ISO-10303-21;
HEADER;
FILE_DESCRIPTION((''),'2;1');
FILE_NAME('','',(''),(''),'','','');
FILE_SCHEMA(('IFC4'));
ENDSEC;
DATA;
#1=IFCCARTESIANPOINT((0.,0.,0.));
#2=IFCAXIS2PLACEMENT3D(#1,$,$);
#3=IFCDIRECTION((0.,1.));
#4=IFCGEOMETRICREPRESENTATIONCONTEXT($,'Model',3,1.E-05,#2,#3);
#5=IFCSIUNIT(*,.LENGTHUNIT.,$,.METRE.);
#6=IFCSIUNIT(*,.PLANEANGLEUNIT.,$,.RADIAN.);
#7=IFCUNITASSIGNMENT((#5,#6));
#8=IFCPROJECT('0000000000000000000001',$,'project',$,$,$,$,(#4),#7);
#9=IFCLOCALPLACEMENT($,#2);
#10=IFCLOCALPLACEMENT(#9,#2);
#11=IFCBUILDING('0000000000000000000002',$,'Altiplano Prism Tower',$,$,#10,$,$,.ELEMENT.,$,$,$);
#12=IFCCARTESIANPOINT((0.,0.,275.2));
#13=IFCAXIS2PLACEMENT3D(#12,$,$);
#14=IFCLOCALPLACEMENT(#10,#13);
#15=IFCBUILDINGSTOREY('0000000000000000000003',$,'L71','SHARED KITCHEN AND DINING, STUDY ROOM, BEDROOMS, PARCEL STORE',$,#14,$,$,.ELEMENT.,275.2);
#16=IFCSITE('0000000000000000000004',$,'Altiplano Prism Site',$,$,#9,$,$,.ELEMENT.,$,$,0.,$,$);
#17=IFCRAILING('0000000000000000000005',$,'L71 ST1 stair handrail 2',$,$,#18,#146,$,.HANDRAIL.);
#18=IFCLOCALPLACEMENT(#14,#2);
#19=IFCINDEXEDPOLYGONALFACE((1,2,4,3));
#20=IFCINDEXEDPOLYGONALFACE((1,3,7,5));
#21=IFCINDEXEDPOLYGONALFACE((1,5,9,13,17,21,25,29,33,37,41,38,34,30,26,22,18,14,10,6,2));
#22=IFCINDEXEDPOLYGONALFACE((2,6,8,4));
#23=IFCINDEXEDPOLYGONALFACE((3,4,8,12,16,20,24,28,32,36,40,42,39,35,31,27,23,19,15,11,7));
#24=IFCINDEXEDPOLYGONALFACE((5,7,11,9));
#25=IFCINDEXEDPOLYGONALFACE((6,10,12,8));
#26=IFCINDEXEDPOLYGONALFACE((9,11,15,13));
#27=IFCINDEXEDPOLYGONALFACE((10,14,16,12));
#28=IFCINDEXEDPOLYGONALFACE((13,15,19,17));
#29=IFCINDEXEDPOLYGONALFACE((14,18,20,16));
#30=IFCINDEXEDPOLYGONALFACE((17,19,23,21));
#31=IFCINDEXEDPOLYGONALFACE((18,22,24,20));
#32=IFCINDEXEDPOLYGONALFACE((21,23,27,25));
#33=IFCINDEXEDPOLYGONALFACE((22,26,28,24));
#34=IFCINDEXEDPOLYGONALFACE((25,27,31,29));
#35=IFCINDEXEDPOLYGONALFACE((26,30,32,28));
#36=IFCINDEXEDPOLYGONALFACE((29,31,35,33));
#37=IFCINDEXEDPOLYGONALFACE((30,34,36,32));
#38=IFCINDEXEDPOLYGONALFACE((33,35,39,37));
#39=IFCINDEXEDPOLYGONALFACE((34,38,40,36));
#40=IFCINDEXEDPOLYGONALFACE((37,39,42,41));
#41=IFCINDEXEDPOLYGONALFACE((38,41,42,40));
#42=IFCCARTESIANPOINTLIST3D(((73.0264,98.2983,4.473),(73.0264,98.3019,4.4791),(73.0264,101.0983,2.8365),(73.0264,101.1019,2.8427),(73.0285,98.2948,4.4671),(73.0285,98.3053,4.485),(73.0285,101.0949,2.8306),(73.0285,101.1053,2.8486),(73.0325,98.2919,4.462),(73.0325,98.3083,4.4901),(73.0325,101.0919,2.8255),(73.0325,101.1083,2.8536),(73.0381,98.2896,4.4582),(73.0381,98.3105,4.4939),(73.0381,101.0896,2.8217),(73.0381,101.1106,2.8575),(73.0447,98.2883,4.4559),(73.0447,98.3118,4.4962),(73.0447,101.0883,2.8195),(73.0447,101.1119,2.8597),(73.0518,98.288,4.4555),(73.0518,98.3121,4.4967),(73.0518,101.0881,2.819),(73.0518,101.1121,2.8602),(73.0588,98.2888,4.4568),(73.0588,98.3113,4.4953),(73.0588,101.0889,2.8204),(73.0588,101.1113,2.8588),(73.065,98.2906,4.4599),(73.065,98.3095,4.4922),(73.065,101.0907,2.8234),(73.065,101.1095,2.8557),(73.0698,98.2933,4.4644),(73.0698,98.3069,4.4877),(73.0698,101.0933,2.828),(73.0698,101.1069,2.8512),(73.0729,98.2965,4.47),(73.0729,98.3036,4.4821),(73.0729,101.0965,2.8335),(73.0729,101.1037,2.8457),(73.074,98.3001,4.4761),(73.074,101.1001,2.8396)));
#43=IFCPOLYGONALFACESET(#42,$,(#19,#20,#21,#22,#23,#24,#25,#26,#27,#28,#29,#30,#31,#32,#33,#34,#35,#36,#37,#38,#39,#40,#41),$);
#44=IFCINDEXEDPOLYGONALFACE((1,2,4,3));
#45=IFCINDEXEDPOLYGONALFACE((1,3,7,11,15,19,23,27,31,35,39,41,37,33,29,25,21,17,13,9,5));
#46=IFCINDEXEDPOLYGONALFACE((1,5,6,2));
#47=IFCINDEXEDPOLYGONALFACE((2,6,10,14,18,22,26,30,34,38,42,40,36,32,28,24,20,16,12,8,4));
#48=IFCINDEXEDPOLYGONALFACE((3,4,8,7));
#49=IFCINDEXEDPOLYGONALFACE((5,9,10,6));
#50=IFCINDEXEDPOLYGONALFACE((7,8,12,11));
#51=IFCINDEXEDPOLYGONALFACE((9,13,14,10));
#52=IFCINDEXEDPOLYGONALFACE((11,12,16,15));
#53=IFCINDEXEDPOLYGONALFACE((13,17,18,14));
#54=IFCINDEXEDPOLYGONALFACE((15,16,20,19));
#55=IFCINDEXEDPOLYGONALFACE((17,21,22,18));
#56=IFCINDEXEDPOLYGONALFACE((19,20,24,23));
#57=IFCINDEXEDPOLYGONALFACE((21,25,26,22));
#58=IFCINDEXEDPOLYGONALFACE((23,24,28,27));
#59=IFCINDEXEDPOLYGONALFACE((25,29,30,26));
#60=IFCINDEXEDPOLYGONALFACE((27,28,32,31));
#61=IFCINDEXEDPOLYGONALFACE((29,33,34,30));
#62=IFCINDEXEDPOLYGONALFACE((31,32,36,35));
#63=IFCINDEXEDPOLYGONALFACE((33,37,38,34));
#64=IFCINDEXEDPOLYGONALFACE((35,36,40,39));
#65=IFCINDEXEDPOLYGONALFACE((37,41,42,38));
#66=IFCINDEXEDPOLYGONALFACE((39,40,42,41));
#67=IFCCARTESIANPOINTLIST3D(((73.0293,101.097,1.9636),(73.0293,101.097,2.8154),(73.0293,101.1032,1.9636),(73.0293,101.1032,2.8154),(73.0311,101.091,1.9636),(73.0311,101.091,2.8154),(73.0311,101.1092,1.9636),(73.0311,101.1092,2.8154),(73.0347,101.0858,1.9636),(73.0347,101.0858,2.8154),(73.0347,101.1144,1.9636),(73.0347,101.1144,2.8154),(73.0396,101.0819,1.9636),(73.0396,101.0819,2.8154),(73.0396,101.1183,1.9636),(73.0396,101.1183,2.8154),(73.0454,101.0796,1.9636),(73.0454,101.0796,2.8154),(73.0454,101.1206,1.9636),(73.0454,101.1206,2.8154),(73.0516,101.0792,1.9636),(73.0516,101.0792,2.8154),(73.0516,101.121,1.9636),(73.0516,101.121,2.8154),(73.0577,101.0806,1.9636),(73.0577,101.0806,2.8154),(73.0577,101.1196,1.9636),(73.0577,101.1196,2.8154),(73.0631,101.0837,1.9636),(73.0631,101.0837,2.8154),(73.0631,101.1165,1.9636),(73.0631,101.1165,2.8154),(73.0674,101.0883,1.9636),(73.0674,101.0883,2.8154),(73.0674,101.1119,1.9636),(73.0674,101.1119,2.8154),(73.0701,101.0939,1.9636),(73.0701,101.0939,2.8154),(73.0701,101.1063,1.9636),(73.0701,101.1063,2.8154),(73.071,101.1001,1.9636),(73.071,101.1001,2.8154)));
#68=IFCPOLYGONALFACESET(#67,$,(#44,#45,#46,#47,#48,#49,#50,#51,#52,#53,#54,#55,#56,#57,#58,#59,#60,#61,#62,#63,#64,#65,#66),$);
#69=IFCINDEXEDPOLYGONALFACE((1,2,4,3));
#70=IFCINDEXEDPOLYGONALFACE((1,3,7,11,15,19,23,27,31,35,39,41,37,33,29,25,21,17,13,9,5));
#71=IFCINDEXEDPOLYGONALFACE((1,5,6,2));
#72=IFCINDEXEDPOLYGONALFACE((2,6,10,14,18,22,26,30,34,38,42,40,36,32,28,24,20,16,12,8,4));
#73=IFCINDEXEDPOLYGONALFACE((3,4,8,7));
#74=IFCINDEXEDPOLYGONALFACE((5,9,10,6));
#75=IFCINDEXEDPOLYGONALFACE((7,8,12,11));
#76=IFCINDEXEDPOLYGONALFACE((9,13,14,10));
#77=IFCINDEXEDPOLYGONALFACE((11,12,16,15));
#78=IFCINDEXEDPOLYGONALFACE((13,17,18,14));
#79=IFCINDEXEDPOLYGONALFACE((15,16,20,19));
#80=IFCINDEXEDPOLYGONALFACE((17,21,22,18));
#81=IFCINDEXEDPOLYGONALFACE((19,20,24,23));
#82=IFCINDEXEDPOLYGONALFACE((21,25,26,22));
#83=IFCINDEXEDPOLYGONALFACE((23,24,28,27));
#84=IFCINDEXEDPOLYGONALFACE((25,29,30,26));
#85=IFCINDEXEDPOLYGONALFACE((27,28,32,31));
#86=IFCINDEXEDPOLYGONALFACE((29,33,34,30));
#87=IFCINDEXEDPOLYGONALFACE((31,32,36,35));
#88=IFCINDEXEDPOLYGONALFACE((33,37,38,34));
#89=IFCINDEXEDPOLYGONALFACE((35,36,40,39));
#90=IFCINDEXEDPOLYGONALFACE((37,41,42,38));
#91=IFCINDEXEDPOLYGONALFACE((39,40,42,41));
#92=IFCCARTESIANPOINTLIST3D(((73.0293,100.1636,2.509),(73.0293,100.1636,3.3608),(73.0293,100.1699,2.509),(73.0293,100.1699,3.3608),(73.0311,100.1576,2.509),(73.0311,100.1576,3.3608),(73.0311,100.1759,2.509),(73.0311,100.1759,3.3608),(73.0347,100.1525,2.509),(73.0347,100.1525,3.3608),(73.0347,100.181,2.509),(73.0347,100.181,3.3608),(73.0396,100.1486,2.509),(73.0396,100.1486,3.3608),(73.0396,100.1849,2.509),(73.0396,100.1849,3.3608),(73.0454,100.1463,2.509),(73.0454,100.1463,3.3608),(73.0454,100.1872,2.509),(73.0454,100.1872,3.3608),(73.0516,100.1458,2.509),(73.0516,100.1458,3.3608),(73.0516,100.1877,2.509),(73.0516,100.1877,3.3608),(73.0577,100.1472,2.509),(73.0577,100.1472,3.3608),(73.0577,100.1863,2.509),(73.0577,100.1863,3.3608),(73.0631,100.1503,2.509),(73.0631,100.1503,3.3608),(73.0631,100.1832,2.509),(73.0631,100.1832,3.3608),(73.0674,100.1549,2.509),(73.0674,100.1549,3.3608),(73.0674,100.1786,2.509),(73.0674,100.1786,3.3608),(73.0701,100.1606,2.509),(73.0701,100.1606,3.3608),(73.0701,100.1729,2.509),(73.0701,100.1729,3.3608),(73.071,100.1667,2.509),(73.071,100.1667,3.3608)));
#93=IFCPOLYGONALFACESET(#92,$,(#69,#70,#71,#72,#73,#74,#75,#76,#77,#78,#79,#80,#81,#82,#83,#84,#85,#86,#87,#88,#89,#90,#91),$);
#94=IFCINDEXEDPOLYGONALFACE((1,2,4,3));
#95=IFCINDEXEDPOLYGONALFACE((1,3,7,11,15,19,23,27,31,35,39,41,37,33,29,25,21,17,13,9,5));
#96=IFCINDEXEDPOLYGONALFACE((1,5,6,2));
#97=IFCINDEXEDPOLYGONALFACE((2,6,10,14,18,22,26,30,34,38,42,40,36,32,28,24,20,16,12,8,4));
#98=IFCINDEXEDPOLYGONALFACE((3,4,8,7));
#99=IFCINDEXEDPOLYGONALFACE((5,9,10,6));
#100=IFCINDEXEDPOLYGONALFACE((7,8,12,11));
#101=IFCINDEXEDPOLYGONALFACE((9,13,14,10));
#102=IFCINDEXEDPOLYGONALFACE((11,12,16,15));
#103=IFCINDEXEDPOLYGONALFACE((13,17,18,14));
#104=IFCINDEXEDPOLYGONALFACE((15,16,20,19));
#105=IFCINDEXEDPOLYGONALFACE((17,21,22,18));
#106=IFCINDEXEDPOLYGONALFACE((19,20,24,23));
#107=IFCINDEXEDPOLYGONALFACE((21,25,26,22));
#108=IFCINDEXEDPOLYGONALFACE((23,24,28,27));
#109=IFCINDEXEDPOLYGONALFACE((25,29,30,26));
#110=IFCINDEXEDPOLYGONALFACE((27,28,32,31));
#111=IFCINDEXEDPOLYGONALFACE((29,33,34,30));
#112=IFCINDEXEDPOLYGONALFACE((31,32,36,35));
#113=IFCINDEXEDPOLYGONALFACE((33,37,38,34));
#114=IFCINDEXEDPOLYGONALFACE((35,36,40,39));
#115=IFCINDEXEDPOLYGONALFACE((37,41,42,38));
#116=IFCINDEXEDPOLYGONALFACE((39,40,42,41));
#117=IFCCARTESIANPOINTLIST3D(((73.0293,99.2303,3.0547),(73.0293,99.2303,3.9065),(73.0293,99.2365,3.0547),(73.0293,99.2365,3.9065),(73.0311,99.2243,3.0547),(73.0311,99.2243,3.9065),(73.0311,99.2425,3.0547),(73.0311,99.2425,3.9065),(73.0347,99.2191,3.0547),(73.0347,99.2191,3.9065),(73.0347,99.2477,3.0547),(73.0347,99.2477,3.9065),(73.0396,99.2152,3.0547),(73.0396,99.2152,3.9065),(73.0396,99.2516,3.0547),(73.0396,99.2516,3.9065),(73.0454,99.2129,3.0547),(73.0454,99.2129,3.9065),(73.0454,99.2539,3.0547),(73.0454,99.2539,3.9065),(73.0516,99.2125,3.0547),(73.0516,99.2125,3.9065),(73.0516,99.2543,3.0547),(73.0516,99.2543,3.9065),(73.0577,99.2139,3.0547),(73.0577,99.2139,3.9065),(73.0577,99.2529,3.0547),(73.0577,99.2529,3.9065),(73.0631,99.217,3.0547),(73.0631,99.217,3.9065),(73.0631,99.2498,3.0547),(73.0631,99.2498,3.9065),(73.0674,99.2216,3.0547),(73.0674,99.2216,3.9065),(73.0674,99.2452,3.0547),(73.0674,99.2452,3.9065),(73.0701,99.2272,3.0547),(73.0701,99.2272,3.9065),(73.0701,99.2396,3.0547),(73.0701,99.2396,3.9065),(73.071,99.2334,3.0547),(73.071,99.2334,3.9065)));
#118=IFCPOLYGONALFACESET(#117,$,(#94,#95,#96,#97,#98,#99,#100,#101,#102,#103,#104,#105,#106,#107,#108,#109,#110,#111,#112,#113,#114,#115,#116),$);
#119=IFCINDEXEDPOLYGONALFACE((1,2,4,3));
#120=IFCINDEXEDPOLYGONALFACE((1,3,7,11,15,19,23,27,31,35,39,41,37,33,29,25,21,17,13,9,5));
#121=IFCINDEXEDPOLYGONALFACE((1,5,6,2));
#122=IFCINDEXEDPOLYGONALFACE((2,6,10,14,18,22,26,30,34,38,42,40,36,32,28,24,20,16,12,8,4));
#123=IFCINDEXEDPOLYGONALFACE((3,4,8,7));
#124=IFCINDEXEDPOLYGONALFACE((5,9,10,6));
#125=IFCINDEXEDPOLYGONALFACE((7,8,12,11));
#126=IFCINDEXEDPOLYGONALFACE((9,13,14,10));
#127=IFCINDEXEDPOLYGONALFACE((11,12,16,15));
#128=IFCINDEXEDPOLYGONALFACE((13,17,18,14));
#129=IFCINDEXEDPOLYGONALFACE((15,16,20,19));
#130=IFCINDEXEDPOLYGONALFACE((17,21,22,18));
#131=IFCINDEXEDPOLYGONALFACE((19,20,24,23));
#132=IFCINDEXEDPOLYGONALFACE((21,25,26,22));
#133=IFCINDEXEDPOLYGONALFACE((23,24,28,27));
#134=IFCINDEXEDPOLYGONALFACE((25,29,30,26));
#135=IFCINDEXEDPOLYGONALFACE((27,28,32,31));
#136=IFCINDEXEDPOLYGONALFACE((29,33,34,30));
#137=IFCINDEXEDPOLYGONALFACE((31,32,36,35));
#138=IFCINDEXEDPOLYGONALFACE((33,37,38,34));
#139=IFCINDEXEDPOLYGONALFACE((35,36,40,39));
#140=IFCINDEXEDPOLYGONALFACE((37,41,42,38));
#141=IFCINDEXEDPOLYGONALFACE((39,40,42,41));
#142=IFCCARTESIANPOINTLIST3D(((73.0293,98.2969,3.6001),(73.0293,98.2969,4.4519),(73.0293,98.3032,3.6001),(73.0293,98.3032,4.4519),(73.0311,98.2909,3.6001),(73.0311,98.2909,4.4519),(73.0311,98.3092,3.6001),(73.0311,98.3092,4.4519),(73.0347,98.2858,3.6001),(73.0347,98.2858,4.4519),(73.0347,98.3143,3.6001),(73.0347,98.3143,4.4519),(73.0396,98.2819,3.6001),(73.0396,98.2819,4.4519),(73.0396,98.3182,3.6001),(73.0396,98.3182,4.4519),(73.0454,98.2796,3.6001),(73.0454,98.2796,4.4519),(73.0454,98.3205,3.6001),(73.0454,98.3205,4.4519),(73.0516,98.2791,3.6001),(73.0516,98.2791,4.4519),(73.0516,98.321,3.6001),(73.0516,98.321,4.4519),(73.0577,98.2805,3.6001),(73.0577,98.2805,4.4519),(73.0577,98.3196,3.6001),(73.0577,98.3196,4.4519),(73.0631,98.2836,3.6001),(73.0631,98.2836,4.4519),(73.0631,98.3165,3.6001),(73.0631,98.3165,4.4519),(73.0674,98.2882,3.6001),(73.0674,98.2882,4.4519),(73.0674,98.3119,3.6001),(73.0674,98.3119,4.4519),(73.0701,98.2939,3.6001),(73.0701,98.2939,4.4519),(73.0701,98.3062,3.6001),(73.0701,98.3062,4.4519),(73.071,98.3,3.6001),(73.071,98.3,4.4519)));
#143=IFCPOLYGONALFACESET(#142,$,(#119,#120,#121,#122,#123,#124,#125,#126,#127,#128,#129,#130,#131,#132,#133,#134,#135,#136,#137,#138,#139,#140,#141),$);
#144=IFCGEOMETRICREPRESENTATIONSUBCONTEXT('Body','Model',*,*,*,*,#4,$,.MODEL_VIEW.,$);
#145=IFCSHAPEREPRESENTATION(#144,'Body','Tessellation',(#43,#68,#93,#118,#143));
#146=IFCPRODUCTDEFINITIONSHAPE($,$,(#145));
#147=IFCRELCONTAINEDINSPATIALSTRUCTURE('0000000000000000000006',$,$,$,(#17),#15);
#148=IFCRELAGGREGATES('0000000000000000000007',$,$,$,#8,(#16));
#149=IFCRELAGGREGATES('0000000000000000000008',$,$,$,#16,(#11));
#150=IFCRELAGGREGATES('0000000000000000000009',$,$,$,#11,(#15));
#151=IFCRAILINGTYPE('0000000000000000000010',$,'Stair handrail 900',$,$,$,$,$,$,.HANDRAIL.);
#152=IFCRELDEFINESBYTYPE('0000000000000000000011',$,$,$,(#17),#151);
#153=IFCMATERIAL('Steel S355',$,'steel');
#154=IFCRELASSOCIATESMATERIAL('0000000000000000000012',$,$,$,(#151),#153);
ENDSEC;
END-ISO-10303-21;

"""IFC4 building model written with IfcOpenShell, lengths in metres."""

from ifc_helpers import new_model, si_unit, direction, frame, origin, origin_2d, place, context, subcontext, project, spatial, circle, extrude, material, type_object, element, save


model = new_model("IFC4")

# Units and contexts
model_context = context("Model", 3, precision=1e-05, world=origin(), true_north=direction((0.0, 1.0)))
body_context = subcontext(model_context, "Body", "Model", "MODEL_VIEW")
ifc_project = project(units=[si_unit("LENGTHUNIT", "METRE"), si_unit("PLANEANGLEUNIT", "RADIAN")], contexts=[model_context])

# Site, building, storey
site_placement = place(None, origin())
site = spatial("IfcSite", under=ifc_project, at=site_placement, Name="Altiplano Prism Site", CompositionType="ELEMENT", RefElevation=0.0)
building_placement = place(site_placement, origin())
building = spatial("IfcBuilding", under=site, at=building_placement, Name="Altiplano Prism Tower", CompositionType="ELEMENT")
storey_placement = place(building_placement, frame((0.0, 0.0, 275.2)))
storey = spatial("IfcBuildingStorey", under=building, at=storey_placement, Name="L71", Description="SHARED KITCHEN AND DINING, STUDY ROOM, BEDROOMS, PARCEL STORE", CompositionType="ELEMENT", Elevation=275.2)

# Railing
ifc_material_1 = material(Name="Steel S355", Category="steel")
railing_type_1 = type_object("IfcRailingType", Name="Stair handrail 900", PredefinedType="HANDRAIL", material=ifc_material_1)
railing_1_placement = place(storey_placement, frame((73.05, 101.1001, 1.9636)))
element("IfcRailing", 1, at=railing_1_placement, inside=storey, type_object=railing_type_1, Name="L71 ST1 stair handrail 2", PredefinedType="HANDRAIL", context=body_context, shape_type="SweptSolid", body=[
    extrude(circle(Radius=0.0239, at=origin_2d()), frame((0.0, 0.0, 0.876), z_axis=(0.0, -0.863361, 0.504587), x_axis=(1.0, 0.0, 0.0)), (0.0, 0.0, 1.0), 3.2432),
    extrude(circle(Radius=0.021, at=origin_2d()), origin(), (0.0, 0.0, 1.0), 0.8518),
    extrude(circle(Radius=0.021, at=origin_2d()), frame((0.0, -0.9333, 0.5454)), (0.0, 0.0, 1.0), 0.8518),
    extrude(circle(Radius=0.021, at=origin_2d()), frame((0.0, -1.8667, 1.0911)), (0.0, 0.0, 1.0), 0.8518),
    extrude(circle(Radius=0.021, at=origin_2d()), frame((0.0, -2.8, 1.6365)), (0.0, 0.0, 1.0), 0.8518),
])

save(model, "model.ifc")
